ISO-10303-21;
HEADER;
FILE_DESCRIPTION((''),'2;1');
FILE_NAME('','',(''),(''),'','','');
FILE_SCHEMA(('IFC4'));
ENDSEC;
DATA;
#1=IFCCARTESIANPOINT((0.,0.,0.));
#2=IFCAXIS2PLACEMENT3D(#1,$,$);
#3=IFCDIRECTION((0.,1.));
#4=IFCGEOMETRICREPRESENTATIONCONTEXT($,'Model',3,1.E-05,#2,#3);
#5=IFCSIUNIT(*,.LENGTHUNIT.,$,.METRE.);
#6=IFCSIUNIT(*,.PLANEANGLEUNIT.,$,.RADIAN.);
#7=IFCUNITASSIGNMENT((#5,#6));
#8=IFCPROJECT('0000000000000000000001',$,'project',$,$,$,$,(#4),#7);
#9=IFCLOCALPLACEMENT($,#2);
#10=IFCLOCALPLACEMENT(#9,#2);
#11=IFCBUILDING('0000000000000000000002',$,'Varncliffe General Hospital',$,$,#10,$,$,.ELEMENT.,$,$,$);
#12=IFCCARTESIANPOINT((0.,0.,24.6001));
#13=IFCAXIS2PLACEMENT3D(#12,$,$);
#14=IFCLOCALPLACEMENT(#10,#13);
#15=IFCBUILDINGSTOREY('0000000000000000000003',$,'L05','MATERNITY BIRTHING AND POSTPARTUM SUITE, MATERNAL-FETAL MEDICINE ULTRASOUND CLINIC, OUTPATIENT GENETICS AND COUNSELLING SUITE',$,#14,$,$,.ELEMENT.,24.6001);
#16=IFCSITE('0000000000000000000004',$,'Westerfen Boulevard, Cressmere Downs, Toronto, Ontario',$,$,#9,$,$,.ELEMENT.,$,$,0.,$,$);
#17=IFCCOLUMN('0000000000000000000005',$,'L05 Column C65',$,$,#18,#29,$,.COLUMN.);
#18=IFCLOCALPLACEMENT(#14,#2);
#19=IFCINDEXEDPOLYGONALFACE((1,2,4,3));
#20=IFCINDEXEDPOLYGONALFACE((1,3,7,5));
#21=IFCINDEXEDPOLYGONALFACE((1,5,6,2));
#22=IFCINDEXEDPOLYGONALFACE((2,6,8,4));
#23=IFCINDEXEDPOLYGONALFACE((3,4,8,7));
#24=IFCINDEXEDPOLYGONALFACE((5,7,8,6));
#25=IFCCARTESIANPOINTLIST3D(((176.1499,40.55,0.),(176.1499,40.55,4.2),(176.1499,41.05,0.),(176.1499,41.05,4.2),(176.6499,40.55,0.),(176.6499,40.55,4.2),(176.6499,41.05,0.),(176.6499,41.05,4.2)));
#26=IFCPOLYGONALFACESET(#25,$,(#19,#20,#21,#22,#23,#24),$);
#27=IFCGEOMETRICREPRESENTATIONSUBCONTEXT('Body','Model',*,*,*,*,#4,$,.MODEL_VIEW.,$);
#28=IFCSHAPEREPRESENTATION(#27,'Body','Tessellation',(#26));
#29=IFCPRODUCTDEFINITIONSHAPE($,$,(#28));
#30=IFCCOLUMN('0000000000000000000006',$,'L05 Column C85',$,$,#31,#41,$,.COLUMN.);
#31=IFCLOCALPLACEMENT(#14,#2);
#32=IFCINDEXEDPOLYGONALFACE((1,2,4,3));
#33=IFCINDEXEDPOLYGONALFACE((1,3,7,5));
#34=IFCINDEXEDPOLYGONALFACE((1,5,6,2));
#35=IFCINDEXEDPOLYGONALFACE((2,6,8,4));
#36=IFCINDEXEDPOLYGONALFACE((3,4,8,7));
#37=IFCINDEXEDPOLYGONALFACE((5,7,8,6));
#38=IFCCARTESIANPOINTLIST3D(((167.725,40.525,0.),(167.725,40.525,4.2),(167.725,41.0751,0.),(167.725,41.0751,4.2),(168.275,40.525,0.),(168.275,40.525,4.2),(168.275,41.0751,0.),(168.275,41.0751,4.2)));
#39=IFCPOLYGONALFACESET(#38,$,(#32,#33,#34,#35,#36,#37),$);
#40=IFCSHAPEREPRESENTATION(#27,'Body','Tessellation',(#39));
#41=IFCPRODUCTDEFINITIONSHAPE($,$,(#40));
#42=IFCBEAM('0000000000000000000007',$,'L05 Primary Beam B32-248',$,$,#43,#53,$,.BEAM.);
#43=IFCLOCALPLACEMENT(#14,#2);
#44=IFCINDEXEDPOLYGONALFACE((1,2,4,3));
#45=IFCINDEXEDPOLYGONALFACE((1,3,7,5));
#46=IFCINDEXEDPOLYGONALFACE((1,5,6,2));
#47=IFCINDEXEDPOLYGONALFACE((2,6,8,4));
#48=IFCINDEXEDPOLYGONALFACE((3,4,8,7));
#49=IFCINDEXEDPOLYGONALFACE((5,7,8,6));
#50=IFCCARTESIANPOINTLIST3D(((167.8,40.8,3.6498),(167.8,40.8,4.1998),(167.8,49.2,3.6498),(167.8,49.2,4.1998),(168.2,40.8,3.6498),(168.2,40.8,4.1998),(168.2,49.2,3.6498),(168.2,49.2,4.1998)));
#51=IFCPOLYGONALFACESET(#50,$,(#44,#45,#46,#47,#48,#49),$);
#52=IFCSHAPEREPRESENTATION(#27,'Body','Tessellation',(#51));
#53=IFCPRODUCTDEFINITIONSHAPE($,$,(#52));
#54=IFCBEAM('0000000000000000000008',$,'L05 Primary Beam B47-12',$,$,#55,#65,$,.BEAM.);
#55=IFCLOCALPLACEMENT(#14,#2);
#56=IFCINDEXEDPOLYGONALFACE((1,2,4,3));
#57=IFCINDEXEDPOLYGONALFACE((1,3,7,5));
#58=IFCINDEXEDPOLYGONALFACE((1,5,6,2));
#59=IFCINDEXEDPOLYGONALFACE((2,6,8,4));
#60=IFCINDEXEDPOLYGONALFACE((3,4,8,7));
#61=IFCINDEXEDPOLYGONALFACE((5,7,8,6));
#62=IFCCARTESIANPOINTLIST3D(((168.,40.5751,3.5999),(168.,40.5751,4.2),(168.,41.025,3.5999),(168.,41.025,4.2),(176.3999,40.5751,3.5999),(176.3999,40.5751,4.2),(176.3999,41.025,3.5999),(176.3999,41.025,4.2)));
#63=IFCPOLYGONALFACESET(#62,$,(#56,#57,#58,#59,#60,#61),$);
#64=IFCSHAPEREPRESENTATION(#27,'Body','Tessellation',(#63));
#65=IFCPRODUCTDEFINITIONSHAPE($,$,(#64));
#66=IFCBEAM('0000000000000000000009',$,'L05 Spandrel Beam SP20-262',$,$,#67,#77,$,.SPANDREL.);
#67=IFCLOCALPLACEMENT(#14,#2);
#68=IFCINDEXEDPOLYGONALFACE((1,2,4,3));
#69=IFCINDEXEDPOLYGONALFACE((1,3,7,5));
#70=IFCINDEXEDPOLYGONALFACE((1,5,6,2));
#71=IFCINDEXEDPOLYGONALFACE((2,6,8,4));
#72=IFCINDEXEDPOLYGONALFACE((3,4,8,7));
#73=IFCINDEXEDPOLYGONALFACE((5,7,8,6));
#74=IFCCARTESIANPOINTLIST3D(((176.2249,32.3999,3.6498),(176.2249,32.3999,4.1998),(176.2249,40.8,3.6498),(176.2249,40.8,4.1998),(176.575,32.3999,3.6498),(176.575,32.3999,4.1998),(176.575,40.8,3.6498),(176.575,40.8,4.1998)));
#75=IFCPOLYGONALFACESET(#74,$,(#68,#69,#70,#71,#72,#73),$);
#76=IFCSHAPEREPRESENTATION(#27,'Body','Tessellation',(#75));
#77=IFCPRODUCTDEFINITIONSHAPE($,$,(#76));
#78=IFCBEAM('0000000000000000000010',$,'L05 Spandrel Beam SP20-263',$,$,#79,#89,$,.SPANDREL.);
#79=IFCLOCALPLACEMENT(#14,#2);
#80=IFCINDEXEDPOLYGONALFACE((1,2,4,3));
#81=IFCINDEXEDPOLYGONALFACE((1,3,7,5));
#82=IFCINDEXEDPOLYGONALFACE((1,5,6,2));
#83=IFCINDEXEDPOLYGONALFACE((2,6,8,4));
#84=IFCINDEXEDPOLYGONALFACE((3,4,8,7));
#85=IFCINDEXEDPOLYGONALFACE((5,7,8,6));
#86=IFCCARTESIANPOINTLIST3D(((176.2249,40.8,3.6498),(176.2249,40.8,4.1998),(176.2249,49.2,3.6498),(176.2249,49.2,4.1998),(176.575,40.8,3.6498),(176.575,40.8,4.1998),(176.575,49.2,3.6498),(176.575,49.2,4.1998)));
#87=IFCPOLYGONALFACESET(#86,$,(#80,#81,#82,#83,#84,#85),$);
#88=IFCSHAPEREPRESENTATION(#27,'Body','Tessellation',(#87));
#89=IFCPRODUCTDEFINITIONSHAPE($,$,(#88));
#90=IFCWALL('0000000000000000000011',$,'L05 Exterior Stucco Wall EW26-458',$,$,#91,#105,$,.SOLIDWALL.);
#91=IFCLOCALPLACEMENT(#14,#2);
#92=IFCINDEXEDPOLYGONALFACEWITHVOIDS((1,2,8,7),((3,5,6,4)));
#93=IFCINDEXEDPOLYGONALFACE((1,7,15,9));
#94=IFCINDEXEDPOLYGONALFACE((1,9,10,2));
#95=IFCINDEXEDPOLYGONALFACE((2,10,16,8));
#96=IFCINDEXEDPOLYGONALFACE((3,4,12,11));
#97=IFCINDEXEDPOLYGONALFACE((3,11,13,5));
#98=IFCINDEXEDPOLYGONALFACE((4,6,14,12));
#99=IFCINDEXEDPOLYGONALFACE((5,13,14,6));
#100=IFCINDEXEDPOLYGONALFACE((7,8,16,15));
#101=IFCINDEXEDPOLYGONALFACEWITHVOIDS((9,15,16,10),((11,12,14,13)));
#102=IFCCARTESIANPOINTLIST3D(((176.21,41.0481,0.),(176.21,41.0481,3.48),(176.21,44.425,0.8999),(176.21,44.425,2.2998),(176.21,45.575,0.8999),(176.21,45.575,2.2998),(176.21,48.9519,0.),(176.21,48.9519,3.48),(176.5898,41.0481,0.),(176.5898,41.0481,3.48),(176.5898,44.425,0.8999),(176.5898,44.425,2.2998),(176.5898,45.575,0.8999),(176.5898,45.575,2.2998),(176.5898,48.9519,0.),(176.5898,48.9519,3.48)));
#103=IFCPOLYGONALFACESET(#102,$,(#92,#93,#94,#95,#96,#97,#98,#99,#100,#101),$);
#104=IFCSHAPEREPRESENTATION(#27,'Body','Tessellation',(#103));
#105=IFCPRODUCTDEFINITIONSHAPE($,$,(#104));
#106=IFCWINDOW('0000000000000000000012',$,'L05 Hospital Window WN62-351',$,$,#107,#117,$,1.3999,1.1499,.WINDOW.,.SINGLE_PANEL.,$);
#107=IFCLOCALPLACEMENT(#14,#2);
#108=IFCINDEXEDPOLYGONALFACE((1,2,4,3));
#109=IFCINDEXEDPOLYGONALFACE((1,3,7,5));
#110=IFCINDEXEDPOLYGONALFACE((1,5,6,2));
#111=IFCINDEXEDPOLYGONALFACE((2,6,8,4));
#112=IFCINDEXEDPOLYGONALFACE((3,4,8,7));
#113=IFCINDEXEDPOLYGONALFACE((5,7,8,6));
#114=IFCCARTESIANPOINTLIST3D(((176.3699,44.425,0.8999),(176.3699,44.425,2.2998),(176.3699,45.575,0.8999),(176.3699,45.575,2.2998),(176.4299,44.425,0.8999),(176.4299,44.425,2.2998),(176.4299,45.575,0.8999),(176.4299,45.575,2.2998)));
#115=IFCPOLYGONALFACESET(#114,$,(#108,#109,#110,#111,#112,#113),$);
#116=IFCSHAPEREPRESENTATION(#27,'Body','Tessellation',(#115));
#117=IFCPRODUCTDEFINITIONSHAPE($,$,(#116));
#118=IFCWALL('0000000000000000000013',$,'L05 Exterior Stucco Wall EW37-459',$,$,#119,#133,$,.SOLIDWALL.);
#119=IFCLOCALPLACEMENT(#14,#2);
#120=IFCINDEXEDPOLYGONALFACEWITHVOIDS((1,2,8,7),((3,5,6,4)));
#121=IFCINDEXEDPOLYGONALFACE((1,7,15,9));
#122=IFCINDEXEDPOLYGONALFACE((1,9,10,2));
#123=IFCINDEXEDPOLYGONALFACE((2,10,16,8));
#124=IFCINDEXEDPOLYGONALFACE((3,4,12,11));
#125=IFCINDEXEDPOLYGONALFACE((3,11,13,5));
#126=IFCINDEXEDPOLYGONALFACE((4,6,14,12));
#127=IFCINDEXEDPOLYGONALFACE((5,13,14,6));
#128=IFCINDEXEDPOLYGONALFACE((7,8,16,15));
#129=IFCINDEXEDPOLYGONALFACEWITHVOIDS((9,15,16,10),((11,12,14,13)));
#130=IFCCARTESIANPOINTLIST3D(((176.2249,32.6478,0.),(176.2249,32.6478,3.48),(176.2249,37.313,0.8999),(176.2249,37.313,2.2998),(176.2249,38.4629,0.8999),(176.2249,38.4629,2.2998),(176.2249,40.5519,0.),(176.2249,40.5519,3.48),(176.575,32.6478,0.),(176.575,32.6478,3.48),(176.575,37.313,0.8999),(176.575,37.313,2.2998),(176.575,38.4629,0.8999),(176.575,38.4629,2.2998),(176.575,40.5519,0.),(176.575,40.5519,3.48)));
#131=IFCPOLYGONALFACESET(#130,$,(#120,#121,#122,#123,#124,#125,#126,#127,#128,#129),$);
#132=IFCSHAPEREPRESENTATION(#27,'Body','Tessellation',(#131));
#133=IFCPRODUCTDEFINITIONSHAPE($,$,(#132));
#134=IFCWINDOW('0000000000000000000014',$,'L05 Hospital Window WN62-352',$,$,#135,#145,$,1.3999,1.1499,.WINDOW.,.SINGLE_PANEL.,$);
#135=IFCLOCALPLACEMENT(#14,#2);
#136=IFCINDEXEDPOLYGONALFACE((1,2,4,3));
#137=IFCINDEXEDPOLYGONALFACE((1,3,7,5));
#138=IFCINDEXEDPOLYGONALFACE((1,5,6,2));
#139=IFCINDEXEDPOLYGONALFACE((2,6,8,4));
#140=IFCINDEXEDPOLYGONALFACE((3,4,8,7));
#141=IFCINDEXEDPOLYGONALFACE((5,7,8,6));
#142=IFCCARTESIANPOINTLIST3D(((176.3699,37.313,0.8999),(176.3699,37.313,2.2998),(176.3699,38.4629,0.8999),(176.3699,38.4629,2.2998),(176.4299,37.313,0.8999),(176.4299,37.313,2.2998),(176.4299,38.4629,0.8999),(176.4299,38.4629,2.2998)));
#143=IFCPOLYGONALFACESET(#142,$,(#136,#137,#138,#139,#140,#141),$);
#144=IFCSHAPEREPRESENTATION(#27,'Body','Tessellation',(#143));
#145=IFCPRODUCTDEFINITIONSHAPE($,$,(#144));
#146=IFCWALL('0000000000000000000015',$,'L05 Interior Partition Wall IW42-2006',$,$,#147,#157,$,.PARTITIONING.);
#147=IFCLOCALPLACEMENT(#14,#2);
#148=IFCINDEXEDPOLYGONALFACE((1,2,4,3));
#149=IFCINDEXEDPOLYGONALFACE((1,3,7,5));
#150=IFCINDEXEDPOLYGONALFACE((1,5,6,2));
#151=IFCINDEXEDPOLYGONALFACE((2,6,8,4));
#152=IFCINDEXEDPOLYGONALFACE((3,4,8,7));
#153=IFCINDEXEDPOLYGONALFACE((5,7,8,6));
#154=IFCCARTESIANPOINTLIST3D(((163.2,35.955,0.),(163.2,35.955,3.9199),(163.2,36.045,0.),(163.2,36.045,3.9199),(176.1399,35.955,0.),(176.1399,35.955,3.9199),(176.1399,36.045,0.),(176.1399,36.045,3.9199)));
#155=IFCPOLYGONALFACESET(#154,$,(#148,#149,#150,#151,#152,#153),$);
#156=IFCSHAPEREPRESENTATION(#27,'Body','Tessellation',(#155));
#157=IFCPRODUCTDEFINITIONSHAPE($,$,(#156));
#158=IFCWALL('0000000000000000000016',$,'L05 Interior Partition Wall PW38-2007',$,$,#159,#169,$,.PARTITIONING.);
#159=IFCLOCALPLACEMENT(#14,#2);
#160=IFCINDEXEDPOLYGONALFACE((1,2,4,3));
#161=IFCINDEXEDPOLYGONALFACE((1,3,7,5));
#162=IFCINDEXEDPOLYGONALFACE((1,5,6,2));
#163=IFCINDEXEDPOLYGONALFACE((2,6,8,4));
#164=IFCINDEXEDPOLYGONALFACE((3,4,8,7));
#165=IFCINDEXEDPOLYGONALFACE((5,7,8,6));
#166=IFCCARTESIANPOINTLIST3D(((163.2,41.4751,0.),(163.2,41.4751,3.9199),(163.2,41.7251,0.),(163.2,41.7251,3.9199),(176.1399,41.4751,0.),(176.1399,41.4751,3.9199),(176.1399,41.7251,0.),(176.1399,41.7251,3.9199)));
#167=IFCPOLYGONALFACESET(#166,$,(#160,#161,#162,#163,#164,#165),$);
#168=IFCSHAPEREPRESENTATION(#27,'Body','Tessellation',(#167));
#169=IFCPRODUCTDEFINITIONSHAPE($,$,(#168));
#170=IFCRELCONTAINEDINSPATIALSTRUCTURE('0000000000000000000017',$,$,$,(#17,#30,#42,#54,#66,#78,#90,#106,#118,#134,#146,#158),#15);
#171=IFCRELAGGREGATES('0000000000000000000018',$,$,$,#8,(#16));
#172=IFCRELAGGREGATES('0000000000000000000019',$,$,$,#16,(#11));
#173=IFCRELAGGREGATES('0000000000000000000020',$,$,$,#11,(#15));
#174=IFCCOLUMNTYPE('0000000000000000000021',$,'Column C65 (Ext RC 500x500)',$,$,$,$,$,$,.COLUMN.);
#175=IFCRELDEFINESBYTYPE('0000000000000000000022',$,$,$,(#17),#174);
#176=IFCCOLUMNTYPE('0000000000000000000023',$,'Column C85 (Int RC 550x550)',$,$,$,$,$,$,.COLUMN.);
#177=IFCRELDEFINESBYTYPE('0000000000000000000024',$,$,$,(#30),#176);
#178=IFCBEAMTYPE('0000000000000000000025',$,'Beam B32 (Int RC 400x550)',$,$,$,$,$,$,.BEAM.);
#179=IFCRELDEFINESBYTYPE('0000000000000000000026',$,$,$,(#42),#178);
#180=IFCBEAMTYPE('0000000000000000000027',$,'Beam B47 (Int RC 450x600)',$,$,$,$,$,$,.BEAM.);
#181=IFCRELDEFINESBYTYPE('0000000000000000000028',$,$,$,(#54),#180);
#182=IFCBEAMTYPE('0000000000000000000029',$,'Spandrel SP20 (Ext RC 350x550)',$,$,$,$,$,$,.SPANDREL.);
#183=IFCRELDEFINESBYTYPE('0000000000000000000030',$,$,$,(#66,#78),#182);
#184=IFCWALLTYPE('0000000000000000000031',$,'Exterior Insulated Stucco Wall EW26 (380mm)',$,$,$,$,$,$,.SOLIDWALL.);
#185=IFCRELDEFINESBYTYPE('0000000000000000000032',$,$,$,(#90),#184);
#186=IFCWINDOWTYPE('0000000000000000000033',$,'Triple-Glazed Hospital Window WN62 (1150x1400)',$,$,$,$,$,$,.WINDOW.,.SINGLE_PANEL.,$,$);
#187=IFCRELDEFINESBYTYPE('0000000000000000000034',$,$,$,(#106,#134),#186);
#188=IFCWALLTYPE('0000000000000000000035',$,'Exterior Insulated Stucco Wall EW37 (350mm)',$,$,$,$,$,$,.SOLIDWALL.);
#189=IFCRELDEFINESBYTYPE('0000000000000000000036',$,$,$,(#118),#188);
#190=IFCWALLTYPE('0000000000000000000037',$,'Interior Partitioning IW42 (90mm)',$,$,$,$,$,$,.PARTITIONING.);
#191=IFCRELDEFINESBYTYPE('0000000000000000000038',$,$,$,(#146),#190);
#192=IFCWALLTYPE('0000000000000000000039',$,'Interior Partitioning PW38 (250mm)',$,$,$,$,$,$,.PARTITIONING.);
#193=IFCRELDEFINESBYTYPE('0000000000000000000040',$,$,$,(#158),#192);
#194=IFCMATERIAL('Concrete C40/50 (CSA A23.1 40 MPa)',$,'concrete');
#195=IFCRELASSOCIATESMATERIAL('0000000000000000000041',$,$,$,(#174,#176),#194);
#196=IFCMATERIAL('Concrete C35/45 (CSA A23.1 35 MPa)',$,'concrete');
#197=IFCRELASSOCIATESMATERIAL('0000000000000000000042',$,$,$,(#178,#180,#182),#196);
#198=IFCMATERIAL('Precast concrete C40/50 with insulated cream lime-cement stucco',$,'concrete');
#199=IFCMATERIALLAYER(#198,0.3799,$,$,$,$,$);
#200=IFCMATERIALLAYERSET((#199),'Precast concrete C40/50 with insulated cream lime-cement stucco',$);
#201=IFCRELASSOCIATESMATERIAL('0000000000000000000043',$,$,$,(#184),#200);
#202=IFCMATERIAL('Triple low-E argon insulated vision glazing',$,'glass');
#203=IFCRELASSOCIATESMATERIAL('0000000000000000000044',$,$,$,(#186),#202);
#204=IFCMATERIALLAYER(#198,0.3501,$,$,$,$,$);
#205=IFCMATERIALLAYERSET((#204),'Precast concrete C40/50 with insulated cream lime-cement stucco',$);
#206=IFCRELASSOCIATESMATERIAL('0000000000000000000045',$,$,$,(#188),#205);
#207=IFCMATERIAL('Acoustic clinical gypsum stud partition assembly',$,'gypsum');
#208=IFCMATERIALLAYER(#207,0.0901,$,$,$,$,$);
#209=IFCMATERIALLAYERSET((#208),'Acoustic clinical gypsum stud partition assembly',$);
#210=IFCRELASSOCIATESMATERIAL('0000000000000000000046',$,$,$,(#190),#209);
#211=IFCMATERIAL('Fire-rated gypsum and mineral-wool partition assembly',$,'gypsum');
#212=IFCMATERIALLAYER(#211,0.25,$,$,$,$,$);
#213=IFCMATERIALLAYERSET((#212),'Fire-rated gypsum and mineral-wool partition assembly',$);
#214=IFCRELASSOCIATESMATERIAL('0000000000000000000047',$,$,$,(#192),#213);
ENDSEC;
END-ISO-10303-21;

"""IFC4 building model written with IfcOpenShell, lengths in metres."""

from ifc_helpers import new_model, si_unit, direction, frame, frame_2d, origin, origin_2d, place, context, subcontext, project, spatial, rectangle, extrude, material, layer, layer_set, material_profile, profile_set, type_object, element, fill, save


model = new_model("IFC4")

# Units and contexts
model_context = context("Model", 3, precision=1e-05, world=origin(), true_north=direction((0.0, 1.0)))
body_context = subcontext(model_context, "Body", "Model", "MODEL_VIEW")
ifc_project = project(units=[si_unit("LENGTHUNIT", "METRE"), si_unit("PLANEANGLEUNIT", "RADIAN")], contexts=[model_context])

# Site, building, storey
site_placement = place(None, origin())
site = spatial("IfcSite", under=ifc_project, at=site_placement, Name="Westerfen Boulevard, Cressmere Downs, Toronto, Ontario", CompositionType="ELEMENT", RefElevation=0.0)
building_placement = place(site_placement, origin())
building = spatial("IfcBuilding", under=site, at=building_placement, Name="Varncliffe General Hospital", CompositionType="ELEMENT")
storey_placement = place(building_placement, frame((0.0, 0.0, 24.6001)))
storey = spatial("IfcBuildingStorey", under=building, at=storey_placement, Name="L05", Description="MATERNITY BIRTHING AND POSTPARTUM SUITE, MATERNAL-FETAL MEDICINE ULTRASOUND CLINIC, OUTPATIENT GENETICS AND COUNSELLING SUITE", CompositionType="ELEMENT", Elevation=24.6001)

# Columns
ifc_material_1 = material(Name="Concrete C40/50 (CSA A23.1 40 MPa)", Category="concrete")
ifc_material_profile_1 = material_profile(ifc_material_1, rectangle(XDim=0.5, YDim=0.5, at=origin_2d()), Name="RC 500x500")
ifc_profile_set_1 = profile_set([ifc_material_profile_1], Name="Concrete C40/50 (CSA A23.1 40 MPa)")
column_type_1 = type_object("IfcColumnType", Name="Column C65 (Ext RC 500x500)", PredefinedType="COLUMN", material=ifc_profile_set_1)
column_1_placement = place(storey_placement, frame((176.3999, 40.8, 0.0), z_axis=(0.0, 0.0, 1.0), x_axis=(1.0, 0.0, 0.0)))
element("IfcColumn", 1, at=column_1_placement, inside=storey, type_object=column_type_1, Name="L05 Column C65", PredefinedType="COLUMN", context=body_context, shape_type="SweptSolid", body=[
    extrude(rectangle(XDim=0.5, YDim=0.5, at=origin_2d()), origin(), (0.0, 0.0, 1.0), 4.2),
])
ifc_material_profile_2 = material_profile(ifc_material_1, rectangle(XDim=0.55, YDim=0.55, at=origin_2d()), Name="RC 550x550")
ifc_profile_set_2 = profile_set([ifc_material_profile_2], Name="Concrete C40/50 (CSA A23.1 40 MPa)")
column_type_2 = type_object("IfcColumnType", Name="Column C85 (Int RC 550x550)", PredefinedType="COLUMN", material=ifc_profile_set_2)
column_2_placement = place(storey_placement, frame((168.0, 40.8, 0.0), z_axis=(0.0, 0.0, 1.0), x_axis=(1.0, 0.0, 0.0)))
element("IfcColumn", 2, at=column_2_placement, inside=storey, type_object=column_type_2, Name="L05 Column C85", PredefinedType="COLUMN", context=body_context, shape_type="SweptSolid", body=[
    extrude(rectangle(XDim=0.55, YDim=0.55, at=origin_2d()), origin(), (0.0, 0.0, 1.0), 4.2),
])

# Beams
ifc_material_2 = material(Name="Concrete C35/45 (CSA A23.1 35 MPa)", Category="concrete")
ifc_material_profile_3 = material_profile(ifc_material_2, rectangle(XDim=0.3999, YDim=0.55, at=origin_2d()), Name="RC 400x550")
ifc_profile_set_3 = profile_set([ifc_material_profile_3], Name="Concrete C35/45 (CSA A23.1 35 MPa)")
beam_type_1 = type_object("IfcBeamType", Name="Beam B32 (Int RC 400x550)", PredefinedType="BEAM", material=ifc_profile_set_3)
beam_1_placement = place(storey_placement, frame((168.0, 40.8, 3.9248), z_axis=(0.0, 1.0, 0.0), x_axis=(-1.0, 0.0, 0.0)))
element("IfcBeam", 3, at=beam_1_placement, inside=storey, type_object=beam_type_1, Name="L05 Primary Beam B32-248", PredefinedType="BEAM", context=body_context, shape_type="SweptSolid", body=[
    extrude(rectangle(XDim=0.3999, YDim=0.55, at=origin_2d()), origin(), (0.0, 0.0, 1.0), 8.3999),
])
ifc_material_profile_4 = material_profile(ifc_material_2, rectangle(XDim=0.45, YDim=0.6001, at=origin_2d()), Name="RC 450x600")
ifc_profile_set_4 = profile_set([ifc_material_profile_4], Name="Concrete C35/45 (CSA A23.1 35 MPa)")
beam_type_2 = type_object("IfcBeamType", Name="Beam B47 (Int RC 450x600)", PredefinedType="BEAM", material=ifc_profile_set_4)
beam_2_placement = place(storey_placement, frame((168.0, 40.8, 3.8999), z_axis=(1.0, 0.0, 0.0), x_axis=(0.0, 1.0, 0.0)))
element("IfcBeam", 4, at=beam_2_placement, inside=storey, type_object=beam_type_2, Name="L05 Primary Beam B47-12", PredefinedType="BEAM", context=body_context, shape_type="SweptSolid", body=[
    extrude(rectangle(XDim=0.45, YDim=0.6001, at=origin_2d()), origin(), (0.0, 0.0, 1.0), 8.3999),
])
ifc_material_profile_5 = material_profile(ifc_material_2, rectangle(XDim=0.3501, YDim=0.55, at=origin_2d()), Name="RC 350x550")
ifc_profile_set_5 = profile_set([ifc_material_profile_5], Name="Concrete C35/45 (CSA A23.1 35 MPa)")
beam_type_3 = type_object("IfcBeamType", Name="Spandrel SP20 (Ext RC 350x550)", PredefinedType="SPANDREL", material=ifc_profile_set_5)
beam_3_placement = place(storey_placement, frame((176.3999, 32.3999, 3.9248), z_axis=(0.0, 1.0, 0.0), x_axis=(-1.0, 0.0, 0.0)))
element("IfcBeam", 5, at=beam_3_placement, inside=storey, type_object=beam_type_3, Name="L05 Spandrel Beam SP20-262", PredefinedType="SPANDREL", context=body_context, shape_type="SweptSolid", body=[
    extrude(rectangle(XDim=0.3501, YDim=0.55, at=origin_2d()), origin(), (0.0, 0.0, 1.0), 8.4001),
])
beam_4_placement = place(storey_placement, frame((176.3999, 40.8, 3.9248), z_axis=(0.0, 1.0, 0.0), x_axis=(-1.0, 0.0, 0.0)))
element("IfcBeam", 6, at=beam_4_placement, inside=storey, type_object=beam_type_3, Name="L05 Spandrel Beam SP20-263", PredefinedType="SPANDREL", context=body_context, shape_type="SweptSolid", body=[
    extrude(rectangle(XDim=0.3501, YDim=0.55, at=origin_2d()), origin(), (0.0, 0.0, 1.0), 8.3999),
])

# Walls, openings, windows
ifc_material_3 = material(Name="Precast concrete C40/50 with insulated cream lime-cement stucco", Category="concrete")
ifc_layer_1 = layer(ifc_material_3, 0.3799)
ifc_layer_set_1 = layer_set([ifc_layer_1], Name="Precast concrete C40/50 with insulated cream lime-cement stucco")
wall_type_1 = type_object("IfcWallType", Name="Exterior Insulated Stucco Wall EW26 (380mm)", PredefinedType="SOLIDWALL", material=ifc_layer_set_1)
wall_1_placement = place(storey_placement, frame((176.3999, 48.9519, 0.0), z_axis=(0.0, 0.0, 1.0), x_axis=(0.0, -1.0, 0.0)))
wall_1 = element("IfcWall", 7, at=wall_1_placement, inside=storey, type_object=wall_type_1, Name="L05 Exterior Stucco Wall EW26-458", PredefinedType="SOLIDWALL", context=body_context, shape_type="SweptSolid", body=[
    extrude(rectangle(XDim=7.9038, YDim=0.3799, at=frame_2d((3.9519, 0.0))), origin(), (0.0, 0.0, 1.0), 3.48),
])
opening_1_placement = place(wall_1_placement, frame((3.377, 0.0, 0.8999)))
opening_1 = element("IfcOpeningElement", 8, at=opening_1_placement, cuts=wall_1, PredefinedType="OPENING", context=body_context, shape_type="SweptSolid", body=[
    extrude(rectangle(XDim=1.1499, YDim=1.3999, at=frame_2d((0.575, 0.7))), frame((0.0, 0.2, 0.0), z_axis=(0.0, -1.0, 0.0), x_axis=(1.0, 0.0, 0.0)), (0.0, 0.0, 1.0), 0.3999),
])
ifc_material_4 = material(Name="Triple low-E argon insulated vision glazing", Category="glass")
window_type = type_object("IfcWindowType", Name="Triple-Glazed Hospital Window WN62 (1150x1400)", PartitioningType="SINGLE_PANEL", PredefinedType="WINDOW", material=ifc_material_4)
window_1_placement = place(opening_1_placement, origin())
window_1 = element("IfcWindow", 9, at=window_1_placement, inside=storey, type_object=window_type, Name="L05 Hospital Window WN62-351", OverallHeight=1.3999, OverallWidth=1.1499, PartitioningType="SINGLE_PANEL", PredefinedType="WINDOW", context=body_context, shape_type="SweptSolid", body=[
    extrude(rectangle(XDim=1.1499, YDim=1.3999, at=frame_2d((0.575, 0.7))), frame((0.0, 0.03, 0.0), z_axis=(0.0, -1.0, 0.0), x_axis=(1.0, 0.0, 0.0)), (0.0, 0.0, 1.0), 0.0601),
])
fill(opening_1, window_1)
ifc_layer_2 = layer(ifc_material_3, 0.3501)
ifc_layer_set_2 = layer_set([ifc_layer_2], Name="Precast concrete C40/50 with insulated cream lime-cement stucco")
wall_type_2 = type_object("IfcWallType", Name="Exterior Insulated Stucco Wall EW37 (350mm)", PredefinedType="SOLIDWALL", material=ifc_layer_set_2)
wall_2_placement = place(storey_placement, frame((176.3999, 40.552, 0.0), z_axis=(0.0, 0.0, 1.0), x_axis=(0.0, -1.0, 0.0)))
wall_2 = element("IfcWall", 10, at=wall_2_placement, inside=storey, type_object=wall_type_2, Name="L05 Exterior Stucco Wall EW37-459", PredefinedType="SOLIDWALL", context=body_context, shape_type="SweptSolid", body=[
    extrude(rectangle(XDim=7.9041, YDim=0.3501, at=frame_2d((3.9521, 0.0))), origin(), (0.0, 0.0, 1.0), 3.48),
])
opening_2_placement = place(wall_2_placement, frame((2.0891, 0.0, 0.8999)))
opening_2 = element("IfcOpeningElement", 11, at=opening_2_placement, cuts=wall_2, PredefinedType="OPENING", context=body_context, shape_type="SweptSolid", body=[
    extrude(rectangle(XDim=1.1499, YDim=1.3999, at=frame_2d((0.575, 0.7))), frame((0.0, 0.1851, 0.0), z_axis=(0.0, -1.0, 0.0), x_axis=(1.0, 0.0, 0.0)), (0.0, 0.0, 1.0), 0.3701),
])
window_2_placement = place(opening_2_placement, origin())
window_2 = element("IfcWindow", 12, at=window_2_placement, inside=storey, type_object=window_type, Name="L05 Hospital Window WN62-352", OverallHeight=1.3999, OverallWidth=1.1499, PartitioningType="SINGLE_PANEL", PredefinedType="WINDOW", context=body_context, shape_type="SweptSolid", body=[
    extrude(rectangle(XDim=1.1499, YDim=1.3999, at=frame_2d((0.575, 0.7))), frame((0.0, 0.03, 0.0), z_axis=(0.0, -1.0, 0.0), x_axis=(1.0, 0.0, 0.0)), (0.0, 0.0, 1.0), 0.0601),
])
fill(opening_2, window_2)

# Walls
ifc_material_5 = material(Name="Acoustic clinical gypsum stud partition assembly", Category="gypsum")
ifc_layer_3 = layer(ifc_material_5, 0.0901)
ifc_layer_set_3 = layer_set([ifc_layer_3], Name="Acoustic clinical gypsum stud partition assembly")
wall_type_3 = type_object("IfcWallType", Name="Interior Partitioning IW42 (90mm)", PredefinedType="PARTITIONING", material=ifc_layer_set_3)
wall_3_placement = place(storey_placement, frame((163.2, 36.0, 0.0), z_axis=(0.0, 0.0, 1.0), x_axis=(1.0, 0.0, 0.0)))
element("IfcWall", 13, at=wall_3_placement, inside=storey, type_object=wall_type_3, Name="L05 Interior Partition Wall IW42-2006", PredefinedType="PARTITIONING", context=body_context, shape_type="SweptSolid", body=[
    extrude(rectangle(XDim=12.9399, YDim=0.0901, at=frame_2d((6.47, 0.0))), origin(), (0.0, 0.0, 1.0), 3.9199),
])
ifc_material_6 = material(Name="Fire-rated gypsum and mineral-wool partition assembly", Category="gypsum")
ifc_layer_4 = layer(ifc_material_6, 0.25)
ifc_layer_set_4 = layer_set([ifc_layer_4], Name="Fire-rated gypsum and mineral-wool partition assembly")
wall_type_4 = type_object("IfcWallType", Name="Interior Partitioning PW38 (250mm)", PredefinedType="PARTITIONING", material=ifc_layer_set_4)
wall_4_placement = place(storey_placement, frame((163.2, 41.6001, 0.0), z_axis=(0.0, 0.0, 1.0), x_axis=(1.0, 0.0, 0.0)))
element("IfcWall", 14, at=wall_4_placement, inside=storey, type_object=wall_type_4, Name="L05 Interior Partition Wall PW38-2007", PredefinedType="PARTITIONING", context=body_context, shape_type="SweptSolid", body=[
    extrude(rectangle(XDim=12.9399, YDim=0.25, at=frame_2d((6.47, 0.0))), origin(), (0.0, 0.0, 1.0), 3.9199),
])

save(model, "model.ifc")
